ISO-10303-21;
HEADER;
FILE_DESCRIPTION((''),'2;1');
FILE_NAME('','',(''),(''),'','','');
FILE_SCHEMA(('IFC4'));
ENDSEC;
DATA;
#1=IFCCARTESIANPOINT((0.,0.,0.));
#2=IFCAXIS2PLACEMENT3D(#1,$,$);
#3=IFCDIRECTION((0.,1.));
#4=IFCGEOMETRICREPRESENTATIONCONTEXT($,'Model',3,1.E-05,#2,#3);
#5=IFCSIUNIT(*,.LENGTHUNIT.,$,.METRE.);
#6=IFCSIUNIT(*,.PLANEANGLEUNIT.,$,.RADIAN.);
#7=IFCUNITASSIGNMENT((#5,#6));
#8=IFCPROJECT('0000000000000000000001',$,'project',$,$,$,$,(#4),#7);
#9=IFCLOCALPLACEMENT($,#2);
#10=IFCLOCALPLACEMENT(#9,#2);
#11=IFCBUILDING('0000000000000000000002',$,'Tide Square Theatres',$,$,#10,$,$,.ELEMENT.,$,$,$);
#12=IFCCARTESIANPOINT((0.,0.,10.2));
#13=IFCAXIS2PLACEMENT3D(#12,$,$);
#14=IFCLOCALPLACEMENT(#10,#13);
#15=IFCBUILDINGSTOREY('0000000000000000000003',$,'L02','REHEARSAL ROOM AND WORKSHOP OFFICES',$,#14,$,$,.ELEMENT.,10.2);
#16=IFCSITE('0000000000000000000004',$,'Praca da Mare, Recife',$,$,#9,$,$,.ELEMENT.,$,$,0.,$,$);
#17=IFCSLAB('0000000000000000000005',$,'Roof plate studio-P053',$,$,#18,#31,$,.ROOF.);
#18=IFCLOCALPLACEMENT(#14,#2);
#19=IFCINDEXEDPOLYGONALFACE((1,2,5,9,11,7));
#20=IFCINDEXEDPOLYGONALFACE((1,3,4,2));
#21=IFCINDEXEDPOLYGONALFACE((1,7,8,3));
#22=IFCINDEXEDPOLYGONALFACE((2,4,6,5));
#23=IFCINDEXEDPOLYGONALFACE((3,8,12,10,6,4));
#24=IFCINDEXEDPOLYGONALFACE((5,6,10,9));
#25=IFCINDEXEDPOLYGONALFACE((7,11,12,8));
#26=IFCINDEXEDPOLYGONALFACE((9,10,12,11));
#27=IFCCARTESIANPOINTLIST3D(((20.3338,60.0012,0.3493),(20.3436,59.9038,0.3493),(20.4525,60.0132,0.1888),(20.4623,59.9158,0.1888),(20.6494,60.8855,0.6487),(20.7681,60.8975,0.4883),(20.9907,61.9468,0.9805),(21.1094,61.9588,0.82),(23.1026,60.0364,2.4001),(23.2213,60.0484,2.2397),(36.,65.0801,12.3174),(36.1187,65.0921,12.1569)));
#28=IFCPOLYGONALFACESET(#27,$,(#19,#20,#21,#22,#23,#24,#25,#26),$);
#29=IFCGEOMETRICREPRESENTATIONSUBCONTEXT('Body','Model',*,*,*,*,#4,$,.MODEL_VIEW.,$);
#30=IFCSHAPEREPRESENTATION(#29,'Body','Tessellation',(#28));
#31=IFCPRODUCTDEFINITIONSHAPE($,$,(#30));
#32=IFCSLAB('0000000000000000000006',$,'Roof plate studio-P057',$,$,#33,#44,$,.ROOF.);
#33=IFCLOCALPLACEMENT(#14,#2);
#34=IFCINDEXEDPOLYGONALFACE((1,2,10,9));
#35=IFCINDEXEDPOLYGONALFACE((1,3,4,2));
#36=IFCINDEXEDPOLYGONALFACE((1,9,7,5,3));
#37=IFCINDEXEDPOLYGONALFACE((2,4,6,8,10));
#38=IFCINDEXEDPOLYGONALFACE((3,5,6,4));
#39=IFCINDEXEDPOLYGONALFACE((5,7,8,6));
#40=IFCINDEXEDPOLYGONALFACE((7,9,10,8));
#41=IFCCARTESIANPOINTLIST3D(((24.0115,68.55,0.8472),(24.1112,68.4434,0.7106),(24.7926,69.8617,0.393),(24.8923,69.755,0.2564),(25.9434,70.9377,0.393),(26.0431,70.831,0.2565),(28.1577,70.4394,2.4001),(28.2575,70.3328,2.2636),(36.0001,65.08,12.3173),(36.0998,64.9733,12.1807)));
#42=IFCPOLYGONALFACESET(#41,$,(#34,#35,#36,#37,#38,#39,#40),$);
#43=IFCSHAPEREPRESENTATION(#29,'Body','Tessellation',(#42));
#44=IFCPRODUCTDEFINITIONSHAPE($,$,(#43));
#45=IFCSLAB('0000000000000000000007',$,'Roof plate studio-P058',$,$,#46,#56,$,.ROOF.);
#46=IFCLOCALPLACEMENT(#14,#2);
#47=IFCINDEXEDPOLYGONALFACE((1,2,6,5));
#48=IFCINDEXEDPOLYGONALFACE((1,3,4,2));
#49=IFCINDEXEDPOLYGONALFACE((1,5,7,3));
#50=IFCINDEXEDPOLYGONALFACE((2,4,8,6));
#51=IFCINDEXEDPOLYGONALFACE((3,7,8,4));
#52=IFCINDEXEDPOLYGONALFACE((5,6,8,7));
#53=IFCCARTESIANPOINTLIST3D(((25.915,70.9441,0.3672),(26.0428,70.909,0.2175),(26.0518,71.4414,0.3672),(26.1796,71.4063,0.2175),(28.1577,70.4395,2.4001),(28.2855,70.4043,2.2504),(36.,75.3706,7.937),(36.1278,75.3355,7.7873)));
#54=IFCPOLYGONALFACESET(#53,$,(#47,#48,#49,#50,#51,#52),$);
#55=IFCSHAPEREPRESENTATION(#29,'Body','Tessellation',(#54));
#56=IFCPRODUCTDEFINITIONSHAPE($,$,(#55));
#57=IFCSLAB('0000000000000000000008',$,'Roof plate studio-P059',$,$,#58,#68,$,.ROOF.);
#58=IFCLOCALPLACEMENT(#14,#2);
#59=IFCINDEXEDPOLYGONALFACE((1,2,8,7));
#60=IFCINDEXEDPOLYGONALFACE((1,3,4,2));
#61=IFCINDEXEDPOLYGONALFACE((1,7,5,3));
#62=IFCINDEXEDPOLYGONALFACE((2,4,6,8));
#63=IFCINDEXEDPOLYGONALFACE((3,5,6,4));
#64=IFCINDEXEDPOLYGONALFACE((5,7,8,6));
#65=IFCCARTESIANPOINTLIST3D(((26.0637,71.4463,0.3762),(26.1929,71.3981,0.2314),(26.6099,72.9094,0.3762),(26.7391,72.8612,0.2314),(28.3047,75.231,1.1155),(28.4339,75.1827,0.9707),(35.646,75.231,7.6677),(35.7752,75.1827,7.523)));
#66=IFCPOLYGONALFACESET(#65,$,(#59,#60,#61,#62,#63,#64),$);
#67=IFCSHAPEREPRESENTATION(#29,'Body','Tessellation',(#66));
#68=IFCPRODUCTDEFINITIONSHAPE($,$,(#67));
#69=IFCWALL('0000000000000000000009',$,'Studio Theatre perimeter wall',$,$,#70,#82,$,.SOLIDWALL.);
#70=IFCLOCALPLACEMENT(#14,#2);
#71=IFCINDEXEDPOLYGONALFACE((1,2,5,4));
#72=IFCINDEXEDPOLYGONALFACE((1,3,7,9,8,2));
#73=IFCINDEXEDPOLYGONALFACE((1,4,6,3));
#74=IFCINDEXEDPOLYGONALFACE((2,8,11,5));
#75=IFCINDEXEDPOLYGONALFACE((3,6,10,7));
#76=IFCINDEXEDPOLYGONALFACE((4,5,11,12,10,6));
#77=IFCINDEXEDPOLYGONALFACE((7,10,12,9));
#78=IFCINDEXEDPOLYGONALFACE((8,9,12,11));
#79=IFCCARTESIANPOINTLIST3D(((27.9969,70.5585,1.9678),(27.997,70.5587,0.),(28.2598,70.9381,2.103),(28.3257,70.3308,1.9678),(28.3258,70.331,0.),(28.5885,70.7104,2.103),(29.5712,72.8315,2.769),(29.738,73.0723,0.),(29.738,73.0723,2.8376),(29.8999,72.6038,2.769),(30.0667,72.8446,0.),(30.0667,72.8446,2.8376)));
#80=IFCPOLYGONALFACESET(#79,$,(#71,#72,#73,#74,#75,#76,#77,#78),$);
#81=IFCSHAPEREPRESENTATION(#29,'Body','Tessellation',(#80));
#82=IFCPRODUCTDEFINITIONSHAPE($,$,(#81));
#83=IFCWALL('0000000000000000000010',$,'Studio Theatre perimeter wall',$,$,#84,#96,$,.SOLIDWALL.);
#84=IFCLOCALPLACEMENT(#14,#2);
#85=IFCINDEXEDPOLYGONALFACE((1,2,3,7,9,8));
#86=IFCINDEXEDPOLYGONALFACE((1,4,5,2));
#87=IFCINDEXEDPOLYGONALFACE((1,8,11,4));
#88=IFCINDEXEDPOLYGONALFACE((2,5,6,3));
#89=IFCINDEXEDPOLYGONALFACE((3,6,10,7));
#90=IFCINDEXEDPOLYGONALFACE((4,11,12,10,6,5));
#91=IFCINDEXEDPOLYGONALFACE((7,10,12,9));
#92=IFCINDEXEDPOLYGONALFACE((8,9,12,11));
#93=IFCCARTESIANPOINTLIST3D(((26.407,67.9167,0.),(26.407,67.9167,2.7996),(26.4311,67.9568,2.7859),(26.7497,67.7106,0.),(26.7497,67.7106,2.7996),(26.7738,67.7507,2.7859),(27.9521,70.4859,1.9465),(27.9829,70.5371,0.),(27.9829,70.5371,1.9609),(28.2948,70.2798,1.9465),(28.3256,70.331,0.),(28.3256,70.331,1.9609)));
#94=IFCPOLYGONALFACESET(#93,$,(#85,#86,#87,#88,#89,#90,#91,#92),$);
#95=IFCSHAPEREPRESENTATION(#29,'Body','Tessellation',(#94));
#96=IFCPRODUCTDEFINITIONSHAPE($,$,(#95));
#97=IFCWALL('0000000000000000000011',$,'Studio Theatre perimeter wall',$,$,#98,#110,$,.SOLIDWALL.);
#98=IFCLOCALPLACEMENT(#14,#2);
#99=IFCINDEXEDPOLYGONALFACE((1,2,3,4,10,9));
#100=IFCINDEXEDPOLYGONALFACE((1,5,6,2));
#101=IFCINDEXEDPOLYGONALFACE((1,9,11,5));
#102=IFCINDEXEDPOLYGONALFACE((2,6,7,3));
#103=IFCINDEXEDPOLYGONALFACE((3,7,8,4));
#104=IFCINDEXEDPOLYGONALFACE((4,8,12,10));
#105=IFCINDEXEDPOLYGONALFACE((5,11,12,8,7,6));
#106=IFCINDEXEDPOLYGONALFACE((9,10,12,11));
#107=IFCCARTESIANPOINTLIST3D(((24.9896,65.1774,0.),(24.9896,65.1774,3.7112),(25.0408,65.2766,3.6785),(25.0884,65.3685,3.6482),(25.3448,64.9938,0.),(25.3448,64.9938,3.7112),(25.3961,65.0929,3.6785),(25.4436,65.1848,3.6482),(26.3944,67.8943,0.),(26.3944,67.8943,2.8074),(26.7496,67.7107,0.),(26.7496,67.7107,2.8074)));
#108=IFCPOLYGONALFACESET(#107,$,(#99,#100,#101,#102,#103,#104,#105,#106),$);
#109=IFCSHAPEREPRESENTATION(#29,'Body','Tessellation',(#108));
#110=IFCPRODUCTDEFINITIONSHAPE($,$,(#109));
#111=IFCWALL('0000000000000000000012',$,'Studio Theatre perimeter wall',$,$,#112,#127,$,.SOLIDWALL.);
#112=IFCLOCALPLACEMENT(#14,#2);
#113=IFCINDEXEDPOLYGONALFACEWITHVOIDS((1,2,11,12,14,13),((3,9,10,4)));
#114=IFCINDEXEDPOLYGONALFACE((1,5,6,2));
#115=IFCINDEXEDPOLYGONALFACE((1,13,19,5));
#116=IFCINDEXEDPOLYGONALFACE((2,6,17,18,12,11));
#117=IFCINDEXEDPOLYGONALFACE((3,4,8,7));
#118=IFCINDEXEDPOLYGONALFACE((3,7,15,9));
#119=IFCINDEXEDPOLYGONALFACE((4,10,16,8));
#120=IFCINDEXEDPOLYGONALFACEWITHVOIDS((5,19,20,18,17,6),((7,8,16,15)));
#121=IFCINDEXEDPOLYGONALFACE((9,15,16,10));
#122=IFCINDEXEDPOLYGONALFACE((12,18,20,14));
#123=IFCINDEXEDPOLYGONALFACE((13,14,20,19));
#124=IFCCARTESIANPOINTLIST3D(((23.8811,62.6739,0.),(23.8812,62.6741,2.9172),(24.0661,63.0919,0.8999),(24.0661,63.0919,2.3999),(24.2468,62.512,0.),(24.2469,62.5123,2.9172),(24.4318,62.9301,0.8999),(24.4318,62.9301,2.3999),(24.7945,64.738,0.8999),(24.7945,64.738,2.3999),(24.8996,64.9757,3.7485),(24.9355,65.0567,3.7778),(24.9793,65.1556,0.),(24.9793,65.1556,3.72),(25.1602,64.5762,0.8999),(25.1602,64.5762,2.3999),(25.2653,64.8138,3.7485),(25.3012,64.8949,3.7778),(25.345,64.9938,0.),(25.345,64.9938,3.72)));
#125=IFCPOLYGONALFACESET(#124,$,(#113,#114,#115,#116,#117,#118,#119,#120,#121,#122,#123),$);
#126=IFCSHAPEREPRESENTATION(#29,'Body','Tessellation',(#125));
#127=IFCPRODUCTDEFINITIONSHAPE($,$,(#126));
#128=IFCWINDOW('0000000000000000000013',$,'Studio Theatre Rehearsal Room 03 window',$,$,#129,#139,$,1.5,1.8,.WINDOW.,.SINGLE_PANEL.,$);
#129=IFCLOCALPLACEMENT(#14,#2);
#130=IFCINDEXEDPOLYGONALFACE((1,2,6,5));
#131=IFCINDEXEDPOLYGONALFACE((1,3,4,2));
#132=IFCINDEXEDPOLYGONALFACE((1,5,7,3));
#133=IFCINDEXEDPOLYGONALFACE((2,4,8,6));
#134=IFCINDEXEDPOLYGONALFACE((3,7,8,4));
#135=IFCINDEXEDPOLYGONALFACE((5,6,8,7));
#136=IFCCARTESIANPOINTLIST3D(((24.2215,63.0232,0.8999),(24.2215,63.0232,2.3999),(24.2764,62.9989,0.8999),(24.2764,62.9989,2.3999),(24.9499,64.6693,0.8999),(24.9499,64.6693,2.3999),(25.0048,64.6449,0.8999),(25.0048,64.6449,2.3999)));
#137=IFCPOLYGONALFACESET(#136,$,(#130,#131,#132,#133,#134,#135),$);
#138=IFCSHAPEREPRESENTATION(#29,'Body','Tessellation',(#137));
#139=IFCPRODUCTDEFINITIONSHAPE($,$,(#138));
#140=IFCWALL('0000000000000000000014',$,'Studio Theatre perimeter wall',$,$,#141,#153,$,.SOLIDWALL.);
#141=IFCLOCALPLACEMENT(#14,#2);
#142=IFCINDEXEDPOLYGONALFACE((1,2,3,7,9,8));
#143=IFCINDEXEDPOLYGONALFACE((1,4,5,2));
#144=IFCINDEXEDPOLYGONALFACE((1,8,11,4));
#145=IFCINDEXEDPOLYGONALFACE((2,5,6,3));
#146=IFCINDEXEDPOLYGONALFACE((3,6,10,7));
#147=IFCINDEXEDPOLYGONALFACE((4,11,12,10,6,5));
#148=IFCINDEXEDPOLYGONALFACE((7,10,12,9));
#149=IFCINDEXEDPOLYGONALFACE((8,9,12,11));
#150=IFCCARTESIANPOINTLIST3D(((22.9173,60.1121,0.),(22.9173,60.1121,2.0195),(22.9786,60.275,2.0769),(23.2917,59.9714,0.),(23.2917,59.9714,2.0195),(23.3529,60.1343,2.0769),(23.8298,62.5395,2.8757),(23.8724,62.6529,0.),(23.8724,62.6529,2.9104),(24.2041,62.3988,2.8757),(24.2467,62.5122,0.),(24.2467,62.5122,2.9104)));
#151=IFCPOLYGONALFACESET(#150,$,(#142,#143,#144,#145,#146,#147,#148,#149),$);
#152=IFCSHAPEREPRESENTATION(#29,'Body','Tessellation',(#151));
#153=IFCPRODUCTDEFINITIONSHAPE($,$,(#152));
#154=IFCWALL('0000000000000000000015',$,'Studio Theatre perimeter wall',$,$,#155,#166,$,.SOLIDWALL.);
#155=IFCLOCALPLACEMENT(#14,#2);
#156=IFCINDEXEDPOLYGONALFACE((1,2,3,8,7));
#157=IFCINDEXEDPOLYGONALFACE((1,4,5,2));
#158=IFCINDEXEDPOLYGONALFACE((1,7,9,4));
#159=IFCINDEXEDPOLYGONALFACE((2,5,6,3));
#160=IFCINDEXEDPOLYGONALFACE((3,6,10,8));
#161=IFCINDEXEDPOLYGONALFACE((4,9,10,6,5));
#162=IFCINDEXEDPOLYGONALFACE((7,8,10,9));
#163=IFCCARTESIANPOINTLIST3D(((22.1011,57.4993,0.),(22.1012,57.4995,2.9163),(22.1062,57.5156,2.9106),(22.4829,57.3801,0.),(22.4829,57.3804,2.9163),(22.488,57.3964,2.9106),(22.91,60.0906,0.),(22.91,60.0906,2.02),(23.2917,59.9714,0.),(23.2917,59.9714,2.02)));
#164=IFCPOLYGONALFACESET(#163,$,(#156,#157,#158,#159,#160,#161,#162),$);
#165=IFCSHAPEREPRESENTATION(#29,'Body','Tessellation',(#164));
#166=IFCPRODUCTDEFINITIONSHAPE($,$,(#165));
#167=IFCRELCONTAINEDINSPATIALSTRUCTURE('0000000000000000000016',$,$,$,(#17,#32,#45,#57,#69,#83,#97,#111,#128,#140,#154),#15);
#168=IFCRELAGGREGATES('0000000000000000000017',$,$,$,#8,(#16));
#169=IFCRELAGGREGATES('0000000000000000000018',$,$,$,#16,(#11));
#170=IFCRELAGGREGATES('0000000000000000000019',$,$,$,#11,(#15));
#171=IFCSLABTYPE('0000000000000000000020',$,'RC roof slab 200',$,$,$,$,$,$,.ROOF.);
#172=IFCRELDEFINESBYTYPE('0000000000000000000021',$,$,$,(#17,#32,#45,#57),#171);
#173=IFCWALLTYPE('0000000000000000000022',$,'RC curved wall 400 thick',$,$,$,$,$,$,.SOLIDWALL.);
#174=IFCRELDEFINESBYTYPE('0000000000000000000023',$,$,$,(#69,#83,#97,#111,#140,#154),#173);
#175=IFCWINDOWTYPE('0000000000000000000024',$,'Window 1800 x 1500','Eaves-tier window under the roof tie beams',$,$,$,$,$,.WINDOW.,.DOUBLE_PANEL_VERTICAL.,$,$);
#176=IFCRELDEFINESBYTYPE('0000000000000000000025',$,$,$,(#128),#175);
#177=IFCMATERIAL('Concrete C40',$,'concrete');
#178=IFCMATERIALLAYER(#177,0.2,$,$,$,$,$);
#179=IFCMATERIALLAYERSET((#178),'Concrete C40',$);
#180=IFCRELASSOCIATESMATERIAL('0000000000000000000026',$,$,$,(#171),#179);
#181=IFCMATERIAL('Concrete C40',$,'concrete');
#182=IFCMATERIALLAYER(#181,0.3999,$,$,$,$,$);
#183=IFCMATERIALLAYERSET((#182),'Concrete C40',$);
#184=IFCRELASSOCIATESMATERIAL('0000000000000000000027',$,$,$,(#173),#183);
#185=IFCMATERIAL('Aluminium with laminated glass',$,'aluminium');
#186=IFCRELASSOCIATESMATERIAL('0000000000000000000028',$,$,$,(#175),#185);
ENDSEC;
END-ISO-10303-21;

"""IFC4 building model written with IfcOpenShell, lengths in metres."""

from ifc_helpers import new_model, si_unit, direction, frame, frame_2d, origin, place, context, subcontext, project, spatial, polyline, rectangle, outline, extrude, material, layer, layer_set, type_object, element, fill, save


model = new_model("IFC4")

# Units and contexts
model_context = context("Model", 3, precision=1e-05, world=origin(), true_north=direction((0.0, 1.0)))
body_context = subcontext(model_context, "Body", "Model", "MODEL_VIEW")
ifc_project = project(units=[si_unit("LENGTHUNIT", "METRE"), si_unit("PLANEANGLEUNIT", "RADIAN")], contexts=[model_context])

# Site, building, storey
site_placement = place(None, origin())
site = spatial("IfcSite", under=ifc_project, at=site_placement, Name="Praca da Mare, Recife", CompositionType="ELEMENT", RefElevation=0.0)
building_placement = place(site_placement, origin())
building = spatial("IfcBuilding", under=site, at=building_placement, Name="Tide Square Theatres", CompositionType="ELEMENT")
storey_placement = place(building_placement, frame((0.0, 0.0, 10.2)))
storey = spatial("IfcBuildingStorey", under=building, at=storey_placement, Name="L02", Description="REHEARSAL ROOM AND WORKSHOP OFFICES", CompositionType="ELEMENT", Elevation=10.2)

# Slabs
ifc_material_1 = material(Name="Concrete C40", Category="concrete")
ifc_layer_1 = layer(ifc_material_1, 0.2)
ifc_layer_set_1 = layer_set([ifc_layer_1], Name="Concrete C40")
slab_type = type_object("IfcSlabType", Name="RC roof slab 200", PredefinedType="ROOF", material=ifc_layer_set_1)
slab_1_placement = place(storey_placement, frame((36.0, 65.0801, 12.3174), z_axis=(-0.593646, -0.059884, 0.802495), x_axis=(-0.787109, -0.164315, -0.594525)))
element("IfcSlab", 1, at=slab_1_placement, inside=storey, type_object=slab_type, Name="Roof plate studio-P053", PredefinedType="ROOF", context=body_context, shape_type="SweptSolid", body=[
    extrude(outline(polyline([(0.0, 0.0), (19.0689, 0.0), (20.2809, 1.7737), (20.2892, 1.8713), (19.7092, 0.971), (16.8765, 2.3062), (0.0, 0.0)])), origin(), (0.0, 0.0, -1.0), 0.2),
])
slab_2_placement = place(storey_placement, frame((24.0115, 68.55, 0.8472), z_axis=(-0.498928, 0.533582, 0.682906), x_axis=(0.707257, -0.204713, 0.676668)))
element("IfcSlab", 2, at=slab_2_placement, inside=storey, type_object=slab_type, Name="Roof plate studio-P057", PredefinedType="ROOF", context=body_context, shape_type="SweptSolid", body=[
    extrude(outline(polyline([(0.0, 0.0), (16.9508, 0.0), (3.5965, 3.1997), (0.5703, 3.0519), (-0.0234, 1.5926), (0.0, 0.0)])), origin(), (0.0, 0.0, -1.0), 0.2),
])
slab_3_placement = place(storey_placement, frame((28.1577, 70.4395, 2.4001), z_axis=(-0.639149, 0.17577, 0.748728), x_axis=(0.726651, 0.456913, 0.513039)))
element("IfcSlab", 3, at=slab_3_placement, inside=storey, type_object=slab_type, Name="Roof plate studio-P058", PredefinedType="ROOF", context=body_context, shape_type="SweptSolid", body=[
    extrude(outline(polyline([(0.0, 0.0), (10.7923, 0.0), (-2.1155, 2.2576), (-2.4421, 1.8584), (0.0, 0.0)])), origin(), (0.0, 0.0, -1.0), 0.2),
])
slab_4_placement = place(storey_placement, frame((26.6099, 72.9094, 0.3762), z_axis=(-0.646214, 0.241209, 0.724034), x_axis=(-0.3497, -0.936862, -0.000002)))
element("IfcSlab", 4, at=slab_4_placement, inside=storey, type_object=slab_type, Name="Roof plate studio-P059", PredefinedType="ROOF", context=body_context, shape_type="SweptSolid", body=[
    extrude(outline(polyline([(0.0, 0.0), (1.5617, 0.0), (-5.3349, 10.571), (-2.7676, 1.0717), (0.0, 0.0)])), origin(), (0.0, 0.0, -1.0), 0.2),
])

# Walls
ifc_material_2 = material(Name="Concrete C40", Category="concrete")
ifc_layer_2 = layer(ifc_material_2, 0.3999)
ifc_layer_set_2 = layer_set([ifc_layer_2], Name="Concrete C40")
wall_type_1 = type_object("IfcWallType", Name="RC curved wall 400 thick", PredefinedType="SOLIDWALL", material=ifc_layer_set_2)
wall_1_placement = place(storey_placement, frame((29.9023, 72.9585, 0.0), z_axis=(0.0, 0.0, 1.0), x_axis=(-0.569372, -0.82208, 0.0)))
element("IfcWall", 5, at=wall_1_placement, inside=storey, type_object=wall_type_1, Name="Studio Theatre perimeter wall", PredefinedType="SOLIDWALL", context=body_context, shape_type="SweptSolid", body=[
    extrude(outline(polyline([(0.0, 0.0), (3.0576, 0.0), (3.0579, 1.9678), (2.5962, 2.103), (0.293, 2.769), (0.0, 2.8376), (0.0, 0.0)])), frame((0.0, 0.2, 0.0), z_axis=(0.0, -1.0, 0.0), x_axis=(1.0, 0.0, 0.0)), (0.0, 0.0, 1.0), 0.3999),
])
wall_2_placement = place(storey_placement, frame((28.1543, 70.4341, 0.0), z_axis=(0.0, 0.0, 1.0), x_axis=(-0.515388, -0.856957, 0.0)))
element("IfcWall", 6, at=wall_2_placement, inside=storey, type_object=wall_type_1, Name="Studio Theatre perimeter wall", PredefinedType="SOLIDWALL", context=body_context, shape_type="SweptSolid", body=[
    extrude(outline(polyline([(0.0, 0.0), (3.0579, 0.0), (3.0579, 2.7996), (3.011, 2.7859), (0.0598, 1.9465), (0.0, 1.9609), (0.0, 0.0)])), frame((0.0, 0.2, 0.0), z_axis=(0.0, -1.0, 0.0), x_axis=(1.0, 0.0, 0.0)), (0.0, 0.0, 1.0), 0.3999),
])
wall_3_placement = place(storey_placement, frame((26.572, 67.8025, 0.0), z_axis=(0.0, 0.0, 1.0), x_axis=(-0.459306, -0.888278, 0.0)))
element("IfcWall", 7, at=wall_3_placement, inside=storey, type_object=wall_type_1, Name="Studio Theatre perimeter wall", PredefinedType="SOLIDWALL", context=body_context, shape_type="SweptSolid", body=[
    extrude(outline(polyline([(0.0, 0.0), (3.0586, 0.0), (3.0586, 3.7112), (2.947, 3.6785), (2.8435, 3.6482), (0.0, 2.8074), (0.0, 0.0)])), frame((0.0, 0.2, 0.0), z_axis=(0.0, -1.0, 0.0), x_axis=(1.0, 0.0, 0.0)), (0.0, 0.0, 1.0), 0.3999),
])

# Wall, opening, window
wall_4_placement = place(storey_placement, frame((25.1621, 65.0747, 0.0), z_axis=(0.0, 0.0, 1.0), x_axis=(-0.404652, -0.914471, 0.0)))
wall_4 = element("IfcWall", 8, at=wall_4_placement, inside=storey, type_object=wall_type_1, Name="Studio Theatre perimeter wall", PredefinedType="SOLIDWALL", context=body_context, shape_type="SweptSolid", body=[
    extrude(outline(polyline([(0.0, 0.0), (2.7139, 0.0), (2.7136, 2.9172), (2.5757, 2.9629), (0.1968, 3.7485), (0.1082, 3.7778), (0.0, 3.72), (0.0, 0.0)])), frame((0.0, 0.2, 0.0), z_axis=(0.0, -1.0, 0.0), x_axis=(1.0, 0.0, 0.0)), (0.0, 0.0, 1.0), 0.3999),
])
opening_1_placement = place(wall_4_placement, frame((0.4568, 0.0, 0.8999)))
opening_1 = element("IfcOpeningElement", 9, at=opening_1_placement, cuts=wall_4, PredefinedType="OPENING", context=body_context, shape_type="SweptSolid", body=[
    extrude(rectangle(XDim=1.8, YDim=1.5, at=frame_2d((0.8999, 0.75))), frame((0.0, 0.21, 0.0), z_axis=(0.0, -1.0, 0.0), x_axis=(1.0, 0.0, 0.0)), (0.0, 0.0, 1.0), 0.4199),
])
ifc_material_3 = material(Name="Aluminium with laminated glass", Category="aluminium")
window_type = type_object("IfcWindowType", Name="Window 1800 x 1500", Description="Eaves-tier window under the roof tie beams", PartitioningType="DOUBLE_PANEL_VERTICAL", PredefinedType="WINDOW", material=ifc_material_3)
window_1_placement = place(opening_1_placement, origin())
window_1 = element("IfcWindow", 10, at=window_1_placement, inside=storey, type_object=window_type, Name="Studio Theatre Rehearsal Room 03 window", OverallHeight=1.5, OverallWidth=1.8, PartitioningType="SINGLE_PANEL", PredefinedType="WINDOW", context=body_context, shape_type="SweptSolid", body=[
    extrude(rectangle(XDim=1.8, YDim=1.5, at=frame_2d((0.8999, 0.75))), frame((0.0, 0.03, 0.0), z_axis=(0.0, -1.0, 0.0), x_axis=(1.0, 0.0, 0.0)), (0.0, 0.0, 1.0), 0.0601),
])
fill(opening_1, window_1)

# Walls
wall_5_placement = place(storey_placement, frame((24.0596, 62.5825, 0.0), z_axis=(0.0, 0.0, 1.0), x_axis=(-0.351863, -0.936052, 0.0)))
element("IfcWall", 11, at=wall_5_placement, inside=storey, type_object=wall_type_1, Name="Studio Theatre perimeter wall", PredefinedType="SOLIDWALL", context=body_context, shape_type="SweptSolid", body=[
    extrude(outline(polyline([(0.0, 0.0), (2.7144, 0.0), (2.7144, 2.0195), (2.5403, 2.0769), (0.1211, 2.8757), (0.0, 2.9104), (0.0, 0.0)])), frame((0.0, 0.2, 0.0), z_axis=(0.0, -1.0, 0.0), x_axis=(1.0, 0.0, 0.0)), (0.0, 0.0, 1.0), 0.3999),
])
wall_6_placement = place(storey_placement, frame((23.1008, 60.031, 0.0), z_axis=(0.0, 0.0, 1.0), x_axis=(-0.297957, -0.954579, 0.0)))
element("IfcWall", 12, at=wall_6_placement, inside=storey, type_object=wall_type_1, Name="Studio Theatre perimeter wall", PredefinedType="SOLIDWALL", context=body_context, shape_type="SweptSolid", body=[
    extrude(outline(polyline([(0.0, 0.0), (2.7146, 0.0), (2.7144, 2.9163), (2.6975, 2.9106), (0.0, 2.02), (0.0, 0.0)])), frame((0.0, 0.2, 0.0), z_axis=(0.0, -1.0, 0.0), x_axis=(1.0, 0.0, 0.0)), (0.0, 0.0, 1.0), 0.3999),
])

save(model, "model.ifc")
